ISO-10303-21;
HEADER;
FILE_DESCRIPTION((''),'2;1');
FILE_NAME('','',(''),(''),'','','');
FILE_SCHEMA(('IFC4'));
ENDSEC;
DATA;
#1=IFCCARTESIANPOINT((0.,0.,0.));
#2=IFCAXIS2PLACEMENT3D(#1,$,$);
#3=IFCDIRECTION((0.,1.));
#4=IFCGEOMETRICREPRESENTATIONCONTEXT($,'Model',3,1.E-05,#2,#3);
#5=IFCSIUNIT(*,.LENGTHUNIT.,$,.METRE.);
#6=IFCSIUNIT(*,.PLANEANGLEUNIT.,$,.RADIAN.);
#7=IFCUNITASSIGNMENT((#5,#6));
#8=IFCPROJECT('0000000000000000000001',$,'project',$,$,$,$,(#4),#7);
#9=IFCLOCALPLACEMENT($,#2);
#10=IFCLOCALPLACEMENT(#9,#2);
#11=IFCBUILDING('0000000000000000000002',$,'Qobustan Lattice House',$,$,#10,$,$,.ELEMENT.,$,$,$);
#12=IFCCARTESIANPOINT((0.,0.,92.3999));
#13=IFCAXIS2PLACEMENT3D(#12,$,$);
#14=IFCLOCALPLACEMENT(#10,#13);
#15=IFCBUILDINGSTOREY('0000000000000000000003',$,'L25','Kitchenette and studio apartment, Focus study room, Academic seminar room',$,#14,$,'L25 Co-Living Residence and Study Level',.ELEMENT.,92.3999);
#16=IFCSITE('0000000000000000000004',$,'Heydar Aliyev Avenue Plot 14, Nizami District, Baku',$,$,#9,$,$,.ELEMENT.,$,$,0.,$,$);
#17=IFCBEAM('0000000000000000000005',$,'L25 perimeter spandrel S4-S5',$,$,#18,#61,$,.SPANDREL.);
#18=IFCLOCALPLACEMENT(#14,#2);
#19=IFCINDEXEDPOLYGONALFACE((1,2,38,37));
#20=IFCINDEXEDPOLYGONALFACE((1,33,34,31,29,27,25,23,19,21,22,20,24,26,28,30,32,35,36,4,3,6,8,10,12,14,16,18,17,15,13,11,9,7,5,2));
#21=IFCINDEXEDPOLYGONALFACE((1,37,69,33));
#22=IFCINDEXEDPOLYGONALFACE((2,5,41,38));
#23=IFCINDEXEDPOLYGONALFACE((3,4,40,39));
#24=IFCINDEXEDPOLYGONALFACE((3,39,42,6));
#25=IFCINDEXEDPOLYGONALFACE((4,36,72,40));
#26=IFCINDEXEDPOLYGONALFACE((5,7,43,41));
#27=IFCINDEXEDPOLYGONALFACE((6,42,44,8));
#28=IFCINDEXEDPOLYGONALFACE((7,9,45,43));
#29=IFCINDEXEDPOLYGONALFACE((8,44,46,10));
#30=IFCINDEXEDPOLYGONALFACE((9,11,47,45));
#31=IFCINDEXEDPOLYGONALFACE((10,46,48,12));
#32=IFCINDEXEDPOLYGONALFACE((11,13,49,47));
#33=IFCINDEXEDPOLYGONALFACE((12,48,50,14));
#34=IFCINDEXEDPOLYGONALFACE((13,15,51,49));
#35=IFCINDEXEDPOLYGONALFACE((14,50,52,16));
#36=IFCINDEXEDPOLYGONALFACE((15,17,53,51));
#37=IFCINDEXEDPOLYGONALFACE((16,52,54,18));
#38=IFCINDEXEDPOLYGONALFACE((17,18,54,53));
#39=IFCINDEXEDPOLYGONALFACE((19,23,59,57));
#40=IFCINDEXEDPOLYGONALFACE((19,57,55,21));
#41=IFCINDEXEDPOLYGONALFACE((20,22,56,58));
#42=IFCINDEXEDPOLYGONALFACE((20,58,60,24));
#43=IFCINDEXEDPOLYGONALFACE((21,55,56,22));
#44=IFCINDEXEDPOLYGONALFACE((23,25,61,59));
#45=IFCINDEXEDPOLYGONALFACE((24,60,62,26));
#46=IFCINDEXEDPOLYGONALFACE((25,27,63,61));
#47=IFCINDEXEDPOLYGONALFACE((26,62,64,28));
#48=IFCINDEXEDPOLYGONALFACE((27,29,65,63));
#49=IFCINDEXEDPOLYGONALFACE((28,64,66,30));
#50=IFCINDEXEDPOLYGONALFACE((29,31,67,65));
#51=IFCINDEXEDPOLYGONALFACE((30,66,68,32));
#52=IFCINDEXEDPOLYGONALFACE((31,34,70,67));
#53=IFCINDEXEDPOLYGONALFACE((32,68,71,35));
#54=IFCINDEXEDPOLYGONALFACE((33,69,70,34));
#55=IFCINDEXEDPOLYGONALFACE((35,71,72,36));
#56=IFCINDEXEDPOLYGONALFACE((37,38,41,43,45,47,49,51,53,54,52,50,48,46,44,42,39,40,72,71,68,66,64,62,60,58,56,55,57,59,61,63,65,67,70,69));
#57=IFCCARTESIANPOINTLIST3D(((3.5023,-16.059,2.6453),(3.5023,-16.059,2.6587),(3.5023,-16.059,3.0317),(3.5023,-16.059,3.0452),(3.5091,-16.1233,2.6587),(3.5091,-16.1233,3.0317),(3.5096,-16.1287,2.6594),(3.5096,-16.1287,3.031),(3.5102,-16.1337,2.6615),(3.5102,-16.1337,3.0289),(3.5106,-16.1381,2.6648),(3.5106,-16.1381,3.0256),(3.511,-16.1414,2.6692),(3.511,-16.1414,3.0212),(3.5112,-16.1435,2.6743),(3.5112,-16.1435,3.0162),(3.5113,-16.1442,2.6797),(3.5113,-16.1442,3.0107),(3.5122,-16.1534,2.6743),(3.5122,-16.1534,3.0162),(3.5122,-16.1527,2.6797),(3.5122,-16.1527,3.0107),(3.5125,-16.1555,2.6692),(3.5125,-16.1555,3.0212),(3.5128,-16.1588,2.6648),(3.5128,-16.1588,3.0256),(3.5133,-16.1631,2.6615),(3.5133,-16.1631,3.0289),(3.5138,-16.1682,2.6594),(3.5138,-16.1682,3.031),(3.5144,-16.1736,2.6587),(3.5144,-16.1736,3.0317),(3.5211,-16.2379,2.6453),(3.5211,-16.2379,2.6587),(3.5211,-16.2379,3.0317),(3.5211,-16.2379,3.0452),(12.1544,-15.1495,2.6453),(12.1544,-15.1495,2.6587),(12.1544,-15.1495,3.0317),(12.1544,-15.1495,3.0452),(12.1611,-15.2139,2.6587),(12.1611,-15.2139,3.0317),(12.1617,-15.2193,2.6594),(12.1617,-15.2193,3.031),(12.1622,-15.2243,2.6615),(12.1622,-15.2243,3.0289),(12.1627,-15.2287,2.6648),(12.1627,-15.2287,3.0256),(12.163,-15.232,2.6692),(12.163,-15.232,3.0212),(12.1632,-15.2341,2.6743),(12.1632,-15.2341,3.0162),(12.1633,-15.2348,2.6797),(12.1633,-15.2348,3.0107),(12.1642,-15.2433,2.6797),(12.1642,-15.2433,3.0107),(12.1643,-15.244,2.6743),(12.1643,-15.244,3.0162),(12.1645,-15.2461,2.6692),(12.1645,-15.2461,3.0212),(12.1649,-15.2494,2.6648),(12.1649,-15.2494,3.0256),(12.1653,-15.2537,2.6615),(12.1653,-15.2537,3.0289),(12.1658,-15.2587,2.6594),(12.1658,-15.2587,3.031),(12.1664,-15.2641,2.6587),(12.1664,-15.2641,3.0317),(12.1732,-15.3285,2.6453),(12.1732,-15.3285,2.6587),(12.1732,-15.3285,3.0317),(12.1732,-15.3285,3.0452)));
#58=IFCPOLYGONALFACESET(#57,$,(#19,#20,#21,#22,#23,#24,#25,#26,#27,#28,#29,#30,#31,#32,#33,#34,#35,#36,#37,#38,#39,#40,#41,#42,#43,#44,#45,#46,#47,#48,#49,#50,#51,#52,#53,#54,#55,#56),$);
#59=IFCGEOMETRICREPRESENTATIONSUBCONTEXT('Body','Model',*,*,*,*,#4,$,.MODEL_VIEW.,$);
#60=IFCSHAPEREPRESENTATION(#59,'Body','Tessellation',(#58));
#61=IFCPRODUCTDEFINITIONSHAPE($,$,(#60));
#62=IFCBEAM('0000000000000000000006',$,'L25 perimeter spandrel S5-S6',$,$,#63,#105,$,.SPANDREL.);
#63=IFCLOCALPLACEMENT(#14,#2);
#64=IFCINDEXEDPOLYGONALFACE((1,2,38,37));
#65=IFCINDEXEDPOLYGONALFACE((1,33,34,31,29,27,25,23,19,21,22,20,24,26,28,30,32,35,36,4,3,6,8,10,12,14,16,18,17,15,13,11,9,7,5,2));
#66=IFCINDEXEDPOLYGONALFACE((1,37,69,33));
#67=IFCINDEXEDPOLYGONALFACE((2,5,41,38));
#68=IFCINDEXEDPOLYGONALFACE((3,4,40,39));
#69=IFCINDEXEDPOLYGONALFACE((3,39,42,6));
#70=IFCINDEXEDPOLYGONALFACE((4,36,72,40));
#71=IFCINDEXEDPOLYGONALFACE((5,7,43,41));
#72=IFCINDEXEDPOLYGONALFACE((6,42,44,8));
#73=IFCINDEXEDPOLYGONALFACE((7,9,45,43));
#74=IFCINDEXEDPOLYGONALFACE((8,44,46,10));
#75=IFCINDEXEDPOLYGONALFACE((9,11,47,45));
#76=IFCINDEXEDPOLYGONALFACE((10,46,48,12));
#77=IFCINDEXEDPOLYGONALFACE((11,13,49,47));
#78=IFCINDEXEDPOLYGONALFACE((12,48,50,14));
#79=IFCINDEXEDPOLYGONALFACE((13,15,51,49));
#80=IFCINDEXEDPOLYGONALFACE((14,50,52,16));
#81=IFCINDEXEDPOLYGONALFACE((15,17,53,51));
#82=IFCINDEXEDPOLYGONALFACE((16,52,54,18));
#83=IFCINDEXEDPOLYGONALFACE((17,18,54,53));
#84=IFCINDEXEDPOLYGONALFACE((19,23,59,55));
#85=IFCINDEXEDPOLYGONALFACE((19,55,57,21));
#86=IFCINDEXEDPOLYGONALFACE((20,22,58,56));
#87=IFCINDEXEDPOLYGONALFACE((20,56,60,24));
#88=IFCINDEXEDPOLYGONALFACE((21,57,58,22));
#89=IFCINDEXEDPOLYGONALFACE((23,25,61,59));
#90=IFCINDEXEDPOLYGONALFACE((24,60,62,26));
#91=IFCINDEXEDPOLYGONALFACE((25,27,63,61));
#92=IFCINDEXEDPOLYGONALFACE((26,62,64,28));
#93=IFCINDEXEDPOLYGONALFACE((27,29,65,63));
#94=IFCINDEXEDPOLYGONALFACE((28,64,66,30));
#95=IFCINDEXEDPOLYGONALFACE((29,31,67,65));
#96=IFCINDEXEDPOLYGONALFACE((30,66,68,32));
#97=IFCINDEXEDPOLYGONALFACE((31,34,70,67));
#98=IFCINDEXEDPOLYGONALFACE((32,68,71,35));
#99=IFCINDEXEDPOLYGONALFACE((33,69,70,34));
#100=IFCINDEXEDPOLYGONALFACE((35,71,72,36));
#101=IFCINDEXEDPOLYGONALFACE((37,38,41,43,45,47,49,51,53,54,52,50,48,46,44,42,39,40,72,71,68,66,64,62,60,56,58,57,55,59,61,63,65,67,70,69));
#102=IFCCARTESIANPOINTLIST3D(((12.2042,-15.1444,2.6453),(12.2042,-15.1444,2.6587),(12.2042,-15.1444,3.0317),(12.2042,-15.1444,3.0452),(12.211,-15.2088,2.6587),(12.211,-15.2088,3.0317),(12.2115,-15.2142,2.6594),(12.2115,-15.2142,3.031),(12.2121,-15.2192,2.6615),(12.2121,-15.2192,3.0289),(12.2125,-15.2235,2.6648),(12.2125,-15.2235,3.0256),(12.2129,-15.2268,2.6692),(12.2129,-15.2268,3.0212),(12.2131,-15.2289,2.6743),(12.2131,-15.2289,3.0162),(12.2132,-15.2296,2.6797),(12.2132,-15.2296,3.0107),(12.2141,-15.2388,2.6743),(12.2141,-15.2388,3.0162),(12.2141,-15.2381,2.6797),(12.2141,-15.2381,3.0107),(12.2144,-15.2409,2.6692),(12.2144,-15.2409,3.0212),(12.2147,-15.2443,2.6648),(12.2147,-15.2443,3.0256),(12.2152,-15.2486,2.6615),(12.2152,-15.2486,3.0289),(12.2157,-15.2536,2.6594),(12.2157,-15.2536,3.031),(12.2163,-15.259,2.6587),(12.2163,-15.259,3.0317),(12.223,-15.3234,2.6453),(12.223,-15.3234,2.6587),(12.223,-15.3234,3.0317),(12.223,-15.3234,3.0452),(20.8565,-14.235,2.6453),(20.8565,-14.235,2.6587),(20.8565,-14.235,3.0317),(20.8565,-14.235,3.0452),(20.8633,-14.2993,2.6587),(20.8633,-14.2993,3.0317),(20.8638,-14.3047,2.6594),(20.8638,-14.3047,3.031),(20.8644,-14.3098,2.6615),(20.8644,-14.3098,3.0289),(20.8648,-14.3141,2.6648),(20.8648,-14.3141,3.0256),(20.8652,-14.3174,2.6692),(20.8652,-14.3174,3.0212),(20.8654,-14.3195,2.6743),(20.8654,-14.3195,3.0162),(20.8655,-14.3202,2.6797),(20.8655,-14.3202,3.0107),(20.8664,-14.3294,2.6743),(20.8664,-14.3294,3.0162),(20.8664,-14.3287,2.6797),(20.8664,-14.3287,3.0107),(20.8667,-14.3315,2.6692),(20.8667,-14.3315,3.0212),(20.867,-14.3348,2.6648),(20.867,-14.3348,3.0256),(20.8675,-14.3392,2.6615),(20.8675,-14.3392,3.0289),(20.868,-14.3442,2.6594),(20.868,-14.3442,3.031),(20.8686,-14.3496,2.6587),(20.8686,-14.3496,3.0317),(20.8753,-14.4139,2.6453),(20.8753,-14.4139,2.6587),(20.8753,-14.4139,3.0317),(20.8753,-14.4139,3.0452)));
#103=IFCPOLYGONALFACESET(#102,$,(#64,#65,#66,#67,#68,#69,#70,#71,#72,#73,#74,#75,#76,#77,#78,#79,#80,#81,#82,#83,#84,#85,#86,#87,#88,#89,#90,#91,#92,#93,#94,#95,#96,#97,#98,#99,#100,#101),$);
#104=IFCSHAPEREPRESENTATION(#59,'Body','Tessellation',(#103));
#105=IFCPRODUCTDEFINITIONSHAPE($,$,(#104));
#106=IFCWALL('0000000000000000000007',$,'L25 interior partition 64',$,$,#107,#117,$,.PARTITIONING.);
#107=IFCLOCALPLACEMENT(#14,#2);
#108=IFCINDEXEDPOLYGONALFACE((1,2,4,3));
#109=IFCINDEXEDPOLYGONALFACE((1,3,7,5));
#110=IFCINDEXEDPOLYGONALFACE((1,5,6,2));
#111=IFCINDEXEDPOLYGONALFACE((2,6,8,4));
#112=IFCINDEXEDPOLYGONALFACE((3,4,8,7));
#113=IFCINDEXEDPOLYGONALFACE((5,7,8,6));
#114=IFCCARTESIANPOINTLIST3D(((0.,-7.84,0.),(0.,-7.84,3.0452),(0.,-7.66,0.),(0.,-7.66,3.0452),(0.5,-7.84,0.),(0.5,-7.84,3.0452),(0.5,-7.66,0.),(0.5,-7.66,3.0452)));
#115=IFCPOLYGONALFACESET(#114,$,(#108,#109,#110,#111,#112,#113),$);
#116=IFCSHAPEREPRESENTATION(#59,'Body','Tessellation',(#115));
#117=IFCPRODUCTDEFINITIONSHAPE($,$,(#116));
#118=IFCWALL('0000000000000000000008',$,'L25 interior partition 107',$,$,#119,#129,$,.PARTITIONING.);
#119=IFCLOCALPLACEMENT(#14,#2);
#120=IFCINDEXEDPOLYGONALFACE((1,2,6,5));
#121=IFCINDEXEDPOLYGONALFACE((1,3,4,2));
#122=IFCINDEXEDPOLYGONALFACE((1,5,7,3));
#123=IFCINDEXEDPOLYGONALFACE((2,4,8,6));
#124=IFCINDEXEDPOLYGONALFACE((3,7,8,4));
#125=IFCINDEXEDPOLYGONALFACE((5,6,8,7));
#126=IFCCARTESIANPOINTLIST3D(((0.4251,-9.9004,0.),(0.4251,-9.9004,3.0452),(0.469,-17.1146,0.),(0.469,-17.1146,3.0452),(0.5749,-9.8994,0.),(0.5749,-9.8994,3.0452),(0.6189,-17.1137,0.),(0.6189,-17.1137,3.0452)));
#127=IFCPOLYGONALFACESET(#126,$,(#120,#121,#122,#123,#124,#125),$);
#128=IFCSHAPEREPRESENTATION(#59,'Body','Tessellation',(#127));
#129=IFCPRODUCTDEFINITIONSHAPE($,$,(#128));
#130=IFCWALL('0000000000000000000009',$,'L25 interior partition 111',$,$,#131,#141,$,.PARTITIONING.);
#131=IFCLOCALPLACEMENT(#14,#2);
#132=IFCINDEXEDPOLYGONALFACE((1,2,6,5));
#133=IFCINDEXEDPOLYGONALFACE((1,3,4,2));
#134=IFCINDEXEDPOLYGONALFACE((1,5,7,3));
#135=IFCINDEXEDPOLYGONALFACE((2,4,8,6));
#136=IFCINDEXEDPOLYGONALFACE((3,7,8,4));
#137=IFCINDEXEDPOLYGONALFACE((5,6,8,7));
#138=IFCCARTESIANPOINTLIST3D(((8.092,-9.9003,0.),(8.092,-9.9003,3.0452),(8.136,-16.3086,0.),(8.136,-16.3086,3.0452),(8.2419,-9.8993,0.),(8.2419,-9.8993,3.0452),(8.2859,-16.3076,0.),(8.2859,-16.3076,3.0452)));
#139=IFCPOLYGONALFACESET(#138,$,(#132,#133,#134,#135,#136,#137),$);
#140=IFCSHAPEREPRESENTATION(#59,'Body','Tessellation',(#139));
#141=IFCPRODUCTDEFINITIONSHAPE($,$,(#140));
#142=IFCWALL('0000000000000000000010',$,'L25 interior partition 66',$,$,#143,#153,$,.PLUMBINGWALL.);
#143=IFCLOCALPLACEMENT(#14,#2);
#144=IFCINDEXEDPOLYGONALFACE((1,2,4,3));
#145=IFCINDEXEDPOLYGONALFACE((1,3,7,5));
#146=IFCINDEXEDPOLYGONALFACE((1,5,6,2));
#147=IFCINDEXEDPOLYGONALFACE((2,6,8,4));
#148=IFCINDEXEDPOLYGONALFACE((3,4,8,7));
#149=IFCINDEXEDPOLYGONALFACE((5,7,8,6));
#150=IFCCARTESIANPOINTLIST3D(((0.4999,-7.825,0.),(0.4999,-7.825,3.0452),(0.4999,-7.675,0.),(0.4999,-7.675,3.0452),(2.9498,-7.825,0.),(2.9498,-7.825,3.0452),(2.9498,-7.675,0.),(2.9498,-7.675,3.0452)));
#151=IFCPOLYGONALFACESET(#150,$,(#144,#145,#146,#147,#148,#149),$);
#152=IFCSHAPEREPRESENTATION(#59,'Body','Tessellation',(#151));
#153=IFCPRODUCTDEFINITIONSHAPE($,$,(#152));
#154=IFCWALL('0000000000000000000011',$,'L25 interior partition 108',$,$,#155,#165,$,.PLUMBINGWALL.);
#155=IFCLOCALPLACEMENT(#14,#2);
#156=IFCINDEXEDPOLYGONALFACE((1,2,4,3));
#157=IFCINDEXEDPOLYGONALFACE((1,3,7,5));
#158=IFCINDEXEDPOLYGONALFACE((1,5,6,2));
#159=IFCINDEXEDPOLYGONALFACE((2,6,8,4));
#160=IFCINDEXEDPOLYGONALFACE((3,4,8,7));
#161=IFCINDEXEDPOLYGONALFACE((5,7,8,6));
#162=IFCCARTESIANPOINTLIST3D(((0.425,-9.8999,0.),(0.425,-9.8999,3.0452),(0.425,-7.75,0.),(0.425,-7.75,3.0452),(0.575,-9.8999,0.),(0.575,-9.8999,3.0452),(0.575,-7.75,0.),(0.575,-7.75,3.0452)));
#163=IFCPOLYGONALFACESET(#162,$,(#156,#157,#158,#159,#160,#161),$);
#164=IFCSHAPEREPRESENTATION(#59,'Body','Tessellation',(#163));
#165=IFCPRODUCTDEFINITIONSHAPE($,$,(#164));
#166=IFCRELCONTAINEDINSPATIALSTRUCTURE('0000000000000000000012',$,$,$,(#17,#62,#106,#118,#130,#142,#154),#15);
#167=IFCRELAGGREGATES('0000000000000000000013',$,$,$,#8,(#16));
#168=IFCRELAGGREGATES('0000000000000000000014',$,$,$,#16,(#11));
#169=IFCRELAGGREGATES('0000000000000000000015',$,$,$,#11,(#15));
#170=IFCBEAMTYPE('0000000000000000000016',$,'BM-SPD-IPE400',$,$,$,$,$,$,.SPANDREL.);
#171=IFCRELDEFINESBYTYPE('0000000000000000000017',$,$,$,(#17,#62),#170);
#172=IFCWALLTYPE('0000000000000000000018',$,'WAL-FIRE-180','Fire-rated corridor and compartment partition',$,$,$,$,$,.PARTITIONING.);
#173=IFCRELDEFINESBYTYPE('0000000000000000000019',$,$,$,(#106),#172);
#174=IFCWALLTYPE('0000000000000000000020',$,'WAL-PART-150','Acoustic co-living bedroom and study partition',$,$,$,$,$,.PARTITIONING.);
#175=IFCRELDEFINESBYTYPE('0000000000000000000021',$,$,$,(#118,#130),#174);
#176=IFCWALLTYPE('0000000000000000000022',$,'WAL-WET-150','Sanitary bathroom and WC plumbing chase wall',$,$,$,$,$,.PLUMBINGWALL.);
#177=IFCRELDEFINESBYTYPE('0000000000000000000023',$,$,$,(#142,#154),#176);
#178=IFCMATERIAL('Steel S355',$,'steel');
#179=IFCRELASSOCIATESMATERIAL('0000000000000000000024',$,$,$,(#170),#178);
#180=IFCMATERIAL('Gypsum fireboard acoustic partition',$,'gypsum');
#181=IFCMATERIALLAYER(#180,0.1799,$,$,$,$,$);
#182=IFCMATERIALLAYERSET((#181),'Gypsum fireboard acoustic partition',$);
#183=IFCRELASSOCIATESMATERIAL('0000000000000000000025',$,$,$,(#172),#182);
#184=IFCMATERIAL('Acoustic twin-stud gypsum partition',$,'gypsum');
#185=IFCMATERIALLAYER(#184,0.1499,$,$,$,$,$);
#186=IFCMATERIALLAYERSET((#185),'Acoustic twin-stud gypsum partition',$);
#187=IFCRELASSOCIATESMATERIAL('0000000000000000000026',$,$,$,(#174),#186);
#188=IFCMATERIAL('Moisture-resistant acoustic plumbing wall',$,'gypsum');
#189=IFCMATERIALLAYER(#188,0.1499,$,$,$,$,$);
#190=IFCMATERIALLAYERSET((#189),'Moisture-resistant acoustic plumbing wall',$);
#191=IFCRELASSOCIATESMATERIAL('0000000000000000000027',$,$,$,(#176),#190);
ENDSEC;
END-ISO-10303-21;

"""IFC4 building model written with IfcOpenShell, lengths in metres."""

from ifc_helpers import new_model, si_unit, direction, frame, frame_2d, origin, origin_2d, place, context, subcontext, project, spatial, rectangle, i_section, extrude, material, layer, layer_set, material_profile, profile_set, type_object, element, save


model = new_model("IFC4")

# Units and contexts
model_context = context("Model", 3, precision=1e-05, world=origin(), true_north=direction((0.0, 1.0)))
body_context = subcontext(model_context, "Body", "Model", "MODEL_VIEW")
ifc_project = project(units=[si_unit("LENGTHUNIT", "METRE"), si_unit("PLANEANGLEUNIT", "RADIAN")], contexts=[model_context])

# Site, building, storey
site_placement = place(None, origin())
site = spatial("IfcSite", under=ifc_project, at=site_placement, Name="Heydar Aliyev Avenue Plot 14, Nizami District, Baku", CompositionType="ELEMENT", RefElevation=0.0)
building_placement = place(site_placement, origin())
building = spatial("IfcBuilding", under=site, at=building_placement, Name="Qobustan Lattice House", CompositionType="ELEMENT")
storey_placement = place(building_placement, frame((0.0, 0.0, 92.3999)))
storey = spatial("IfcBuildingStorey", under=building, at=storey_placement, Name="L25", Description="Kitchenette and studio apartment, Focus study room, Academic seminar room", LongName="L25 Co-Living Residence and Study Level", CompositionType="ELEMENT", Elevation=92.3999)

# Beams
ifc_material_1 = material(Name="Steel S355", Category="steel")
ifc_material_profile_1 = material_profile(ifc_material_1, i_section(OverallWidth=0.1799, OverallDepth=0.3999, WebThickness=0.0085, FlangeThickness=0.0134, FilletRadius=0.021, at=origin_2d()), Name="IPE400")
ifc_profile_set_1 = profile_set([ifc_material_profile_1], Name="Steel S355")
beam_type_1 = type_object("IfcBeamType", Name="BM-SPD-IPE400", PredefinedType="SPANDREL", material=ifc_profile_set_1)
beam_1_placement = place(storey_placement, frame((3.5117, -16.1484, 2.8452), z_axis=(0.994521, 0.104534, 0.0), x_axis=(-0.104534, 0.994521, 0.0)))
element("IfcBeam", 1, at=beam_1_placement, inside=storey, type_object=beam_type_1, Name="L25 perimeter spandrel S4-S5", PredefinedType="SPANDREL", context=body_context, shape_type="SweptSolid", body=[
    extrude(i_section(OverallWidth=0.1799, OverallDepth=0.3999, WebThickness=0.0085, FlangeThickness=0.0134, FilletRadius=0.021, at=origin_2d()), origin(), (0.0, 0.0, 1.0), 8.6997),
])
beam_2_placement = place(storey_placement, frame((12.2136, -15.2339, 2.8452), z_axis=(0.994522, 0.104531, 0.0), x_axis=(-0.104531, 0.994522, 0.0)))
element("IfcBeam", 2, at=beam_2_placement, inside=storey, type_object=beam_type_1, Name="L25 perimeter spandrel S5-S6", PredefinedType="SPANDREL", context=body_context, shape_type="SweptSolid", body=[
    extrude(i_section(OverallWidth=0.1799, OverallDepth=0.3999, WebThickness=0.0085, FlangeThickness=0.0134, FilletRadius=0.021, at=origin_2d()), origin(), (0.0, 0.0, 1.0), 8.7),
])

# Shared definitions
ifc_material_2 = material(Name="Gypsum fireboard acoustic partition", Category="gypsum")
ifc_layer_1 = layer(ifc_material_2, 0.1799)
ifc_layer_set_1 = layer_set([ifc_layer_1], Name="Gypsum fireboard acoustic partition")
wall_type_1 = type_object("IfcWallType", Name="WAL-FIRE-180", Description="Fire-rated corridor and compartment partition", PredefinedType="PARTITIONING", material=ifc_layer_set_1)

# Wall
wall_1_placement = place(storey_placement, frame((0.5, -7.75, 0.0), z_axis=(0.0, 0.0, 1.0), x_axis=(-1.0, 0.0, 0.0)))
element("IfcWall", 3, at=wall_1_placement, inside=storey, type_object=wall_type_1, Name="L25 interior partition 64", PredefinedType="PARTITIONING", context=body_context, shape_type="SweptSolid", body=[
    extrude(rectangle(XDim=0.5, YDim=0.1799, at=frame_2d((0.25, 0.0))), origin(), (0.0, 0.0, 1.0), 3.0452),
])

# Walls
ifc_material_3 = material(Name="Acoustic twin-stud gypsum partition", Category="gypsum")
ifc_layer_2 = layer(ifc_material_3, 0.1499)
ifc_layer_set_2 = layer_set([ifc_layer_2], Name="Acoustic twin-stud gypsum partition")
wall_type_2 = type_object("IfcWallType", Name="WAL-PART-150", Description="Acoustic co-living bedroom and study partition", PredefinedType="PARTITIONING", material=ifc_layer_set_2)
wall_2_placement = place(storey_placement, frame((0.5, -9.8999, 0.0), z_axis=(0.0, 0.0, 1.0), x_axis=(0.006091, -0.999981, 0.0)))
element("IfcWall", 4, at=wall_2_placement, inside=storey, type_object=wall_type_2, Name="L25 interior partition 107", PredefinedType="PARTITIONING", context=body_context, shape_type="SweptSolid", body=[
    extrude(rectangle(XDim=7.2144, YDim=0.1499, at=frame_2d((3.6072, 0.0))), origin(), (0.0, 0.0, 1.0), 3.0452),
])
wall_3_placement = place(storey_placement, frame((8.167, -9.8999, 0.0), z_axis=(0.0, 0.0, 1.0), x_axis=(0.006858, -0.999976, 0.0)))
element("IfcWall", 5, at=wall_3_placement, inside=storey, type_object=wall_type_2, Name="L25 interior partition 111", PredefinedType="PARTITIONING", context=body_context, shape_type="SweptSolid", body=[
    extrude(rectangle(XDim=6.4084, YDim=0.1499, at=frame_2d((3.2041, 0.0))), origin(), (0.0, 0.0, 1.0), 3.0452),
])
ifc_material_4 = material(Name="Moisture-resistant acoustic plumbing wall", Category="gypsum")
ifc_layer_3 = layer(ifc_material_4, 0.1499)
ifc_layer_set_3 = layer_set([ifc_layer_3], Name="Moisture-resistant acoustic plumbing wall")
wall_type_3 = type_object("IfcWallType", Name="WAL-WET-150", Description="Sanitary bathroom and WC plumbing chase wall", PredefinedType="PLUMBINGWALL", material=ifc_layer_set_3)
wall_4_placement = place(storey_placement, frame((2.95, -7.75, 0.0), z_axis=(0.0, 0.0, 1.0), x_axis=(-1.0, 0.0, 0.0)))
element("IfcWall", 6, at=wall_4_placement, inside=storey, type_object=wall_type_3, Name="L25 interior partition 66", PredefinedType="PLUMBINGWALL", context=body_context, shape_type="SweptSolid", body=[
    extrude(rectangle(XDim=2.45, YDim=0.1499, at=frame_2d((1.2251, 0.0))), origin(), (0.0, 0.0, 1.0), 3.0452),
])
wall_5_placement = place(storey_placement, frame((0.5, -7.75, 0.0), z_axis=(0.0, 0.0, 1.0), x_axis=(0.0, -1.0, 0.0)))
element("IfcWall", 7, at=wall_5_placement, inside=storey, type_object=wall_type_3, Name="L25 interior partition 108", PredefinedType="PLUMBINGWALL", context=body_context, shape_type="SweptSolid", body=[
    extrude(rectangle(XDim=2.1499, YDim=0.1499, at=frame_2d((1.075, 0.0))), origin(), (0.0, 0.0, 1.0), 3.0452),
])

save(model, "model.ifc")
